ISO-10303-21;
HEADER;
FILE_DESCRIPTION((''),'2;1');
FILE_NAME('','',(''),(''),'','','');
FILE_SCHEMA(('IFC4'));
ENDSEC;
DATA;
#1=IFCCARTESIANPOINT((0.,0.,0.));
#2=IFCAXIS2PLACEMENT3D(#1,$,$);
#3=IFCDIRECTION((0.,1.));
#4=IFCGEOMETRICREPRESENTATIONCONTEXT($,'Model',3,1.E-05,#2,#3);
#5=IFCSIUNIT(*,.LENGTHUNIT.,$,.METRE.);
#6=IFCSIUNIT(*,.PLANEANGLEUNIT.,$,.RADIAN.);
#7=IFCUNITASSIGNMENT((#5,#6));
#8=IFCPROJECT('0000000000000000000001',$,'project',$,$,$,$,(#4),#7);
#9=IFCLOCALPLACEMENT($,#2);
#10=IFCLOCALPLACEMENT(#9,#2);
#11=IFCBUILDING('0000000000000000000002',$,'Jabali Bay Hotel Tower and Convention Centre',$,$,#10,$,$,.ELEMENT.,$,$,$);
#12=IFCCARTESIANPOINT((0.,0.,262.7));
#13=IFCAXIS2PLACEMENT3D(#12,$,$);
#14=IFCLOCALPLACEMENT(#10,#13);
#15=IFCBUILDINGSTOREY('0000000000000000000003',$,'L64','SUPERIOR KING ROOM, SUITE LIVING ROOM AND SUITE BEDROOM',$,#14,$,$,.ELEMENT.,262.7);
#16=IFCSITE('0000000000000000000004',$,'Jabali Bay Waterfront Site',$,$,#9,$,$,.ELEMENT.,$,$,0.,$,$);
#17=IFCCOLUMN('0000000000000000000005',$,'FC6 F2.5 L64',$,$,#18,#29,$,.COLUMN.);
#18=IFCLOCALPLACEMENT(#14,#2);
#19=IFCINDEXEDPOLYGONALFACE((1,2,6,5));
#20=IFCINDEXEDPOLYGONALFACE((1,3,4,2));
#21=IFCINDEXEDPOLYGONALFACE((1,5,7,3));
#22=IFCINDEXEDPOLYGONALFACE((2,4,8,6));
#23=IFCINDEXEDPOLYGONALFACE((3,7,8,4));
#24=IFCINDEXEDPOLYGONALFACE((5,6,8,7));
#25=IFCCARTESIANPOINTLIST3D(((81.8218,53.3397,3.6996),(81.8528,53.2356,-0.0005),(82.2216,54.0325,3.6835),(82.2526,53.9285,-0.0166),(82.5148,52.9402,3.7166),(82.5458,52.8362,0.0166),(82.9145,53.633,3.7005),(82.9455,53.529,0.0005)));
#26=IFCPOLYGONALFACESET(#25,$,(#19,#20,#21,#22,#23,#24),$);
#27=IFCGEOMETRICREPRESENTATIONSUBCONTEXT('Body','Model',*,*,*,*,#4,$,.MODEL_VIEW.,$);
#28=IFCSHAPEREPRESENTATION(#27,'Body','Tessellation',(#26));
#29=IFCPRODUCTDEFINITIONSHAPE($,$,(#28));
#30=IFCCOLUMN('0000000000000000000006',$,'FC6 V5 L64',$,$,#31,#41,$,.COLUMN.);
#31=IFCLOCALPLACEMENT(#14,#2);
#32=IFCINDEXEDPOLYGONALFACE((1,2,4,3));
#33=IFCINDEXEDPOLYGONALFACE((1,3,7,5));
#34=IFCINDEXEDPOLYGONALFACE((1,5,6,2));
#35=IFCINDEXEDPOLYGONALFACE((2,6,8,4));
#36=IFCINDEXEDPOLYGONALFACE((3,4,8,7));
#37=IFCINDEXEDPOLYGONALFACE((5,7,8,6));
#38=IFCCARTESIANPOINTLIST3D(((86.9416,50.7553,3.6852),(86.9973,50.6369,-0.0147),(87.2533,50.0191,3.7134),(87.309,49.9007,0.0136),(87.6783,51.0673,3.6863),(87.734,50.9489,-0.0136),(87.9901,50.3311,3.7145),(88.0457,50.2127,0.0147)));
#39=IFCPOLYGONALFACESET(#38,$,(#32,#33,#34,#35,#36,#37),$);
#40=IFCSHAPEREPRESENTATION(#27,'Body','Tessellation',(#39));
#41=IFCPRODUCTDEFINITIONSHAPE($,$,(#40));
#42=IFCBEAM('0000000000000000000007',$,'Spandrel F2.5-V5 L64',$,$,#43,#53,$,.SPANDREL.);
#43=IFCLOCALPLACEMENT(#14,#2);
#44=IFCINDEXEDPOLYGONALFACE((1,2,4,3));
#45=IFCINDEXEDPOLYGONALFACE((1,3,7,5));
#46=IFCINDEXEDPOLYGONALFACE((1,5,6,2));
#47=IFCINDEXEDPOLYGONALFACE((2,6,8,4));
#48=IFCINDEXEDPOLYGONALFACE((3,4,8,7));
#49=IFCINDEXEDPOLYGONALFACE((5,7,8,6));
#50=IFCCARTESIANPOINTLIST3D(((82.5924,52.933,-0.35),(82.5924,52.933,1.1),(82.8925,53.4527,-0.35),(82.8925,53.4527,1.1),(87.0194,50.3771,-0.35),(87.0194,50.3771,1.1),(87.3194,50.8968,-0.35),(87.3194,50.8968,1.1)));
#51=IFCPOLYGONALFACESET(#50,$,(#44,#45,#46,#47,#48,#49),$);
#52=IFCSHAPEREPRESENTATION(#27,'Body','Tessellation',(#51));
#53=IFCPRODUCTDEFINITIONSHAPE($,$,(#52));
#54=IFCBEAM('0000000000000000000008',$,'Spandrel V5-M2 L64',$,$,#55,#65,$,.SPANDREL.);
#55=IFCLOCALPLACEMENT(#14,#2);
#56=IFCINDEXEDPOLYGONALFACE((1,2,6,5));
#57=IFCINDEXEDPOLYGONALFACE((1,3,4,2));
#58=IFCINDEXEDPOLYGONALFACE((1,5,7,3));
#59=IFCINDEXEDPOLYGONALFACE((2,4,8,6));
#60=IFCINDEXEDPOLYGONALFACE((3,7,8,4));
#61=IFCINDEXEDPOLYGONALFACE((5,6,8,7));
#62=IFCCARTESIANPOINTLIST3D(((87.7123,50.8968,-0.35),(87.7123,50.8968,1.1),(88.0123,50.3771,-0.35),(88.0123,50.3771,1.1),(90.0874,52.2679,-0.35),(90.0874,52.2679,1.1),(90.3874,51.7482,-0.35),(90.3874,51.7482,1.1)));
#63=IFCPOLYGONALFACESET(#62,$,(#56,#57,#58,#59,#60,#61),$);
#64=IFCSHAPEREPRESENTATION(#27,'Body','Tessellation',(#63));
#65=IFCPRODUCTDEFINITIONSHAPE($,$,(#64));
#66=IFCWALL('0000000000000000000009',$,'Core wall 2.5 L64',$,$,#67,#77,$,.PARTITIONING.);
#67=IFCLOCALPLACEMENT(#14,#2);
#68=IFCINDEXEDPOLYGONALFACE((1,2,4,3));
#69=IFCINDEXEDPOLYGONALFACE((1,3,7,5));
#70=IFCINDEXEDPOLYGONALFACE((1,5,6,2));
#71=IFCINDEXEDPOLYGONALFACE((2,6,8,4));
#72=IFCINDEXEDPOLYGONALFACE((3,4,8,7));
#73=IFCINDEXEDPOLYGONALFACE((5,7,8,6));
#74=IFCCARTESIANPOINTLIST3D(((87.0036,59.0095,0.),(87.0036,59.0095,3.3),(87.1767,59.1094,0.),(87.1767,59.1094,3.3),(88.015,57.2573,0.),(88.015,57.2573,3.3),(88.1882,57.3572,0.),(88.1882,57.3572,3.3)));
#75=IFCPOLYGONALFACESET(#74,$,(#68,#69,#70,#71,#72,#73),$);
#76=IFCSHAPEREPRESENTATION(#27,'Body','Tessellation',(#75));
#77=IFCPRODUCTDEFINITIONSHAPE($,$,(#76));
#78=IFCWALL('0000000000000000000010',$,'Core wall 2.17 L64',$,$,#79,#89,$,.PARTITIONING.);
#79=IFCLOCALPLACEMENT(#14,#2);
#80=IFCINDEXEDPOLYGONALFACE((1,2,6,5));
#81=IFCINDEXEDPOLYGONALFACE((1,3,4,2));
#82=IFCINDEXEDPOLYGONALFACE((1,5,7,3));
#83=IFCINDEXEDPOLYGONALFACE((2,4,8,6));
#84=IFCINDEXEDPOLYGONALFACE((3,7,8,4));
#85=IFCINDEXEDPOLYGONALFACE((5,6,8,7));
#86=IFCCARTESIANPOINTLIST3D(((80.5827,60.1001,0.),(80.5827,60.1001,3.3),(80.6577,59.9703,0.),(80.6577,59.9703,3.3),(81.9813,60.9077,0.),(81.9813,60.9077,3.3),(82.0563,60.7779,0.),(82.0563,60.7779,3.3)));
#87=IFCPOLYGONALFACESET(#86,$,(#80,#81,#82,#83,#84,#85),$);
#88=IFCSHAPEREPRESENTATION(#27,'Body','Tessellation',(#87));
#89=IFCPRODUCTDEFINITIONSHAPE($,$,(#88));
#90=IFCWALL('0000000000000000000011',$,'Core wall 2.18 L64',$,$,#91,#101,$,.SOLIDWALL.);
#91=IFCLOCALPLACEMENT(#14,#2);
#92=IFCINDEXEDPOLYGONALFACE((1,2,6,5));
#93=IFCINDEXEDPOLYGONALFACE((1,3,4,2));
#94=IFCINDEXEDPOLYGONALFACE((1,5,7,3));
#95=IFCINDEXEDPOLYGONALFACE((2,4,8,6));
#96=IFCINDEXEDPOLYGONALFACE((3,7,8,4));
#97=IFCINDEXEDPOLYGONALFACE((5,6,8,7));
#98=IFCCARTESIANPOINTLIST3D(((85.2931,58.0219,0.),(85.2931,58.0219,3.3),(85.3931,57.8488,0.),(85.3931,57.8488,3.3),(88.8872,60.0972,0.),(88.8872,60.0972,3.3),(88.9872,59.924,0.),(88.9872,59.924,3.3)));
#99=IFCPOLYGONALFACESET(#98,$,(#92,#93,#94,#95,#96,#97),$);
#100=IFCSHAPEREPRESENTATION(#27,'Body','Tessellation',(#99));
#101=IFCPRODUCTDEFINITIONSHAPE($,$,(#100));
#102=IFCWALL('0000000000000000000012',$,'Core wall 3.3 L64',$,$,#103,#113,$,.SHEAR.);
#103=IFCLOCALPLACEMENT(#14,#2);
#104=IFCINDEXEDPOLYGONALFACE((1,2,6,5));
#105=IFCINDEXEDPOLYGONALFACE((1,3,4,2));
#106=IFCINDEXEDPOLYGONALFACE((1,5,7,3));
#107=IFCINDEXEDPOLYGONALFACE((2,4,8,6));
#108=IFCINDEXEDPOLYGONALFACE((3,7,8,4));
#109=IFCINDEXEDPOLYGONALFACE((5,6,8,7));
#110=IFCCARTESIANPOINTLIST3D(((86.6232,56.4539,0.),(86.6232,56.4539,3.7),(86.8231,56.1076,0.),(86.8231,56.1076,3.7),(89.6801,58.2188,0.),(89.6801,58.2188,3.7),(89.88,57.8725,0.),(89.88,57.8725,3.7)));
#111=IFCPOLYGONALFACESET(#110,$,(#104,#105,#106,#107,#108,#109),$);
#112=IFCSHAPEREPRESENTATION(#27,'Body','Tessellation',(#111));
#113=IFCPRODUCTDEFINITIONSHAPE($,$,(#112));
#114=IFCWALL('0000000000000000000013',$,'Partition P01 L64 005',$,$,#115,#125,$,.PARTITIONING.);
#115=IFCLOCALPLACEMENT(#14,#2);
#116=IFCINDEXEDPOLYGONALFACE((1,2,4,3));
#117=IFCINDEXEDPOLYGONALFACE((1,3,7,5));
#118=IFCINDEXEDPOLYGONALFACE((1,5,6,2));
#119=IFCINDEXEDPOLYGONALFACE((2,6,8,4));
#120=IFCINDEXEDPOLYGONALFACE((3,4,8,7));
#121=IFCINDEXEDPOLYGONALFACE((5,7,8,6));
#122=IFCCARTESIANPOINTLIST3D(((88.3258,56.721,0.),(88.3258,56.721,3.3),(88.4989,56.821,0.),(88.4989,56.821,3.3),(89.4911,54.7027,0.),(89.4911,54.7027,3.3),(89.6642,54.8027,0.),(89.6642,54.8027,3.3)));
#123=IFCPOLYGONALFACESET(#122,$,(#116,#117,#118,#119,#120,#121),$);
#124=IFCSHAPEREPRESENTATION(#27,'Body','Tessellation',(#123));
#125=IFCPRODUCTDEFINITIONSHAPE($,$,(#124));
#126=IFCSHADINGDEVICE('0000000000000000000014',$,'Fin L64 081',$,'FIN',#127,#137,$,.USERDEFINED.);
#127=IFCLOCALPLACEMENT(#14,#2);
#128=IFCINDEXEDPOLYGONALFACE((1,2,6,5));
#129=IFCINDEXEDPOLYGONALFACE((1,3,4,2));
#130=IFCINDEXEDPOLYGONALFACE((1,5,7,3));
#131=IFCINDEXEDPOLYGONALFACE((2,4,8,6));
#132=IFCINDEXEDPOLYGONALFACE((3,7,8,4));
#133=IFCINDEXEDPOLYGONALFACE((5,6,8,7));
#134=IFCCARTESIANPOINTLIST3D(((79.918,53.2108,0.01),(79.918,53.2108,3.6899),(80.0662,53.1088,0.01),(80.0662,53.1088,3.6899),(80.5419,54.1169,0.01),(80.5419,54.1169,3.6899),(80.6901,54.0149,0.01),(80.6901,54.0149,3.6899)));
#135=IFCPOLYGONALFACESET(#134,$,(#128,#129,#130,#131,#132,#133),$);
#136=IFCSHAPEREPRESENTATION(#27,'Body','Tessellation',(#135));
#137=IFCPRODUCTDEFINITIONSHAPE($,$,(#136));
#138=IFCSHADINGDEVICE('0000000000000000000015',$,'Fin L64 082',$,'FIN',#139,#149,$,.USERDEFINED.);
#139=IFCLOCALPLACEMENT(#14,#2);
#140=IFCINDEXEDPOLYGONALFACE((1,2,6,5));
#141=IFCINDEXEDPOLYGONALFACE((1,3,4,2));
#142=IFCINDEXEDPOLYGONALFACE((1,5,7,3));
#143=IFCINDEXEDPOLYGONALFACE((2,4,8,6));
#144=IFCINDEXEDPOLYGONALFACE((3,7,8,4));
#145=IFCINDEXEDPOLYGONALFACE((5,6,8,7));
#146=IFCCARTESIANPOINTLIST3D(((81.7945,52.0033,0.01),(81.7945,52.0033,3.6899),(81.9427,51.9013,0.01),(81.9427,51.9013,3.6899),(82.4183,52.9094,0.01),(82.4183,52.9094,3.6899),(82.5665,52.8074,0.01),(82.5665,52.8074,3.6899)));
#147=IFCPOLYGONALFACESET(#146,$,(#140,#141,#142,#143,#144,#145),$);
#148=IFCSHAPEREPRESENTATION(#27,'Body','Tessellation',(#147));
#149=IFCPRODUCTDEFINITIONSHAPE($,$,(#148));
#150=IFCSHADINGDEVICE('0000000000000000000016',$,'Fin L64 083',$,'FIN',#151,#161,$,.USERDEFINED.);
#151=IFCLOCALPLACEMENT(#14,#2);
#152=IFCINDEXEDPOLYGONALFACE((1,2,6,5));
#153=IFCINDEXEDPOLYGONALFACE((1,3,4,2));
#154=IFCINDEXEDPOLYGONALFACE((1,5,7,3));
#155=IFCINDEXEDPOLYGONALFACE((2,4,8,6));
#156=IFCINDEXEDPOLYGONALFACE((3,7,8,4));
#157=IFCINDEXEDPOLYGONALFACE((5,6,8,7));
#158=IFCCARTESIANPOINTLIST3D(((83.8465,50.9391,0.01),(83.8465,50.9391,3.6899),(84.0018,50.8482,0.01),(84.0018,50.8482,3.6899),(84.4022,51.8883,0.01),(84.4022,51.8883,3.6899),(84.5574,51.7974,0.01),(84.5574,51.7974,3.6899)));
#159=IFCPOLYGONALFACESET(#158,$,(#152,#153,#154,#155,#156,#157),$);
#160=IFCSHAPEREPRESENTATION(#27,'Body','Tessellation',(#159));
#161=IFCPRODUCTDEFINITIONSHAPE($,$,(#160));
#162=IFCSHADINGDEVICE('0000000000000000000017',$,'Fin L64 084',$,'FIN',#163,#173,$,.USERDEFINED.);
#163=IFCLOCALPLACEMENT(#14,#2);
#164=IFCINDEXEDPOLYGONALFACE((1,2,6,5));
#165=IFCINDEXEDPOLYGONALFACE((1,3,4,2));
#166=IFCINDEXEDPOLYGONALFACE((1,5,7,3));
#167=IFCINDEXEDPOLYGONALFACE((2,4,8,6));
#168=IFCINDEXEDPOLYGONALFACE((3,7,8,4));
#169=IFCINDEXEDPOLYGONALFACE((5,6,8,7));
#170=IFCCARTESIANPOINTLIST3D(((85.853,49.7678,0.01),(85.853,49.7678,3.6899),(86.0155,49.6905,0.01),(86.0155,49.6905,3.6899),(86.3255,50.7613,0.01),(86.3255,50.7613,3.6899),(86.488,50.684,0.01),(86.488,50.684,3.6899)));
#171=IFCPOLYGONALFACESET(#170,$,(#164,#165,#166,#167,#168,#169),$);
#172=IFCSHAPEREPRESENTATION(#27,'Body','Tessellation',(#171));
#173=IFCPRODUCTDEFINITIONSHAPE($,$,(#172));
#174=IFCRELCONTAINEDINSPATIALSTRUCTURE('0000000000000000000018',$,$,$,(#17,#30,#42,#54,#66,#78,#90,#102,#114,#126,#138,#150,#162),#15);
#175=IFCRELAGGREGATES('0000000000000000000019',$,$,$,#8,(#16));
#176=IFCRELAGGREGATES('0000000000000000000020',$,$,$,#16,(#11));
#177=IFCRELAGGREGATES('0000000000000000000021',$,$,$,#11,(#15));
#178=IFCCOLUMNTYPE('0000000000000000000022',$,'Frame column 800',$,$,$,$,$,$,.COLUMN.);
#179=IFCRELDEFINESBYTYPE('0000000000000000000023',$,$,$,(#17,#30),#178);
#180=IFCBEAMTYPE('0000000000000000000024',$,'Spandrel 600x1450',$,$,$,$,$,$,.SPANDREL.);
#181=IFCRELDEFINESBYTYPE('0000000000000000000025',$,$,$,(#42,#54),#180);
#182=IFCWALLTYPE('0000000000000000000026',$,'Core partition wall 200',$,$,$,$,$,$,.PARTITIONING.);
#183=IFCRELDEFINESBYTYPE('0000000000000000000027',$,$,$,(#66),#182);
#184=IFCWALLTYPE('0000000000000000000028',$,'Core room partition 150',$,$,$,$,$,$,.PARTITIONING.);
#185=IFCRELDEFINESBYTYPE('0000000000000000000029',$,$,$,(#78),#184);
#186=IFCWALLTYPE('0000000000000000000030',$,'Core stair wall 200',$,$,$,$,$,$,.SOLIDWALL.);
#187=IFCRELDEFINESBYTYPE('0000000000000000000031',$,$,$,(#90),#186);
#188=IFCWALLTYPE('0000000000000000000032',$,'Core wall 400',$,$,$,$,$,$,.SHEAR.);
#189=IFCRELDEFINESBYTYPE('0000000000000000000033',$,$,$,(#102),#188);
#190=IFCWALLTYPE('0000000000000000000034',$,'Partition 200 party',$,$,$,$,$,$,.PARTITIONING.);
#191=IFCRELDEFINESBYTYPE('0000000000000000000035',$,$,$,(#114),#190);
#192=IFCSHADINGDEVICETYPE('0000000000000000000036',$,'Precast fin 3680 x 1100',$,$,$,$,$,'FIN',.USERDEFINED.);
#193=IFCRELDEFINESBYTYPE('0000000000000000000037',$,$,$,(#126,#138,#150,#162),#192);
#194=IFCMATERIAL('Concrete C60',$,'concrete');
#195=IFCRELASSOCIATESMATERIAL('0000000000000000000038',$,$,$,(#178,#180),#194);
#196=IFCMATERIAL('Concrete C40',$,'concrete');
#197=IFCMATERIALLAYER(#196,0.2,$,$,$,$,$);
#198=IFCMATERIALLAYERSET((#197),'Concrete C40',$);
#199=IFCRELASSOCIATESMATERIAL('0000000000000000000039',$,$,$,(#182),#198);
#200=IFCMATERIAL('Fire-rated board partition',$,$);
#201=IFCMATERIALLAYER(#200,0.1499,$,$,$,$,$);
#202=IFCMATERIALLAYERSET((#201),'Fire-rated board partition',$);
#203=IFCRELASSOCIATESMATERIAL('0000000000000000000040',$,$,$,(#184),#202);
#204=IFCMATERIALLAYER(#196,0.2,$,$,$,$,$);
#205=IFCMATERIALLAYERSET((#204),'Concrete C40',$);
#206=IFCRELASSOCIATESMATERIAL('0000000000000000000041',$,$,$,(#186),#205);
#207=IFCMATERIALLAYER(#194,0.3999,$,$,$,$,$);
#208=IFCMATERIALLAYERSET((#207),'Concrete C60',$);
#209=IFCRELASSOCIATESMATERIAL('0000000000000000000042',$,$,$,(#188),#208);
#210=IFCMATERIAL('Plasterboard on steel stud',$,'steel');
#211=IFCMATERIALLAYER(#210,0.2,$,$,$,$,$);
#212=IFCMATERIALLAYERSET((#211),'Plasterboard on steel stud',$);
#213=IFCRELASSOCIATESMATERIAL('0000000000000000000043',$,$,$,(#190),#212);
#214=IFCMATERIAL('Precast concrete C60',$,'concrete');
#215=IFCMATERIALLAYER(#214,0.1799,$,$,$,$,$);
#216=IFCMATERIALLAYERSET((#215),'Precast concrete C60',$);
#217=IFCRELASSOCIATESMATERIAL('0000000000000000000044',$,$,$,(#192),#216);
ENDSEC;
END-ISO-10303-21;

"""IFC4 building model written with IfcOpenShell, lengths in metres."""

from ifc_helpers import new_model, si_unit, direction, frame, frame_2d, origin, origin_2d, place, context, subcontext, project, spatial, rectangle, extrude, material, layer, layer_set, material_profile, profile_set, type_object, element, save


model = new_model("IFC4")

# Units and contexts
model_context = context("Model", 3, precision=1e-05, world=origin(), true_north=direction((0.0, 1.0)))
body_context = subcontext(model_context, "Body", "Model", "MODEL_VIEW")
ifc_project = project(units=[si_unit("LENGTHUNIT", "METRE"), si_unit("PLANEANGLEUNIT", "RADIAN")], contexts=[model_context])

# Site, building, storey
site_placement = place(None, origin())
site = spatial("IfcSite", under=ifc_project, at=site_placement, Name="Jabali Bay Waterfront Site", CompositionType="ELEMENT", RefElevation=0.0)
building_placement = place(site_placement, origin())
building = spatial("IfcBuilding", under=site, at=building_placement, Name="Jabali Bay Hotel Tower and Convention Centre", CompositionType="ELEMENT")
storey_placement = place(building_placement, frame((0.0, 0.0, 262.7)))
storey = spatial("IfcBuildingStorey", under=building, at=storey_placement, Name="L64", Description="SUPERIOR KING ROOM, SUITE LIVING ROOM AND SUITE BEDROOM", CompositionType="ELEMENT", Elevation=262.7)

# Columns
ifc_material_1 = material(Name="Concrete C60", Category="concrete")
ifc_material_profile_1 = material_profile(ifc_material_1, rectangle(XDim=0.8, YDim=0.8, at=origin_2d()), Name="Frame column 800")
ifc_profile_set_1 = profile_set([ifc_material_profile_1], Name="Concrete C60")
column_type = type_object("IfcColumnType", Name="Frame column 800", PredefinedType="COLUMN", material=ifc_profile_set_1)
column_1_placement = place(storey_placement, frame((82.3992, 53.3823, 0.0), z_axis=(-0.008376, 0.028097, 0.99957), x_axis=(-0.499684, -0.865973, 0.020155)))
element("IfcColumn", 1, at=column_1_placement, inside=storey, type_object=column_type, Name="FC6 F2.5 L64", PredefinedType="COLUMN", context=body_context, shape_type="SweptSolid", body=[
    extrude(rectangle(XDim=0.8, YDim=0.8, at=origin_2d()), origin(), (0.0, 0.0, 1.0), 3.7017),
])
column_2_placement = place(storey_placement, frame((87.5215, 50.4248, 0.0), z_axis=(-0.015035, 0.031983, 0.999375), x_axis=(0.389675, -0.920275, 0.035314)))
element("IfcColumn", 2, at=column_2_placement, inside=storey, type_object=column_type, Name="FC6 V5 L64", PredefinedType="COLUMN", context=body_context, shape_type="SweptSolid", body=[
    extrude(rectangle(XDim=0.8, YDim=0.8, at=origin_2d()), origin(), (0.0, 0.0, 1.0), 3.7021),
])

# Beams
ifc_material_profile_2 = material_profile(ifc_material_1, rectangle(XDim=0.6001, YDim=1.45, at=origin_2d()), Name="Spandrel 600x1450")
ifc_profile_set_2 = profile_set([ifc_material_profile_2], Name="Concrete C60")
beam_type = type_object("IfcBeamType", Name="Spandrel 600x1450", PredefinedType="SPANDREL", material=ifc_profile_set_2)
beam_1_placement = place(storey_placement, frame((82.7424, 53.1929, 0.375), z_axis=(0.866027, -0.499997, 0.0), x_axis=(0.499997, 0.866027, 0.0)))
element("IfcBeam", 3, at=beam_1_placement, inside=storey, type_object=beam_type, Name="Spandrel F2.5-V5 L64", PredefinedType="SPANDREL", context=body_context, shape_type="SweptSolid", body=[
    extrude(rectangle(XDim=0.6001, YDim=1.45, at=origin_2d()), origin(), (0.0, 0.0, 1.0), 5.1118),
])
beam_2_placement = place(storey_placement, frame((87.8623, 50.637, 0.375), z_axis=(0.866043, 0.499969, 0.0), x_axis=(-0.499969, 0.866043, 0.0)))
element("IfcBeam", 4, at=beam_2_placement, inside=storey, type_object=beam_type, Name="Spandrel V5-M2 L64", PredefinedType="SPANDREL", context=body_context, shape_type="SweptSolid", body=[
    extrude(rectangle(XDim=0.6001, YDim=1.45, at=origin_2d()), origin(), (0.0, 0.0, 1.0), 2.7424),
])

# Walls
ifc_material_2 = material(Name="Concrete C40", Category="concrete")
ifc_layer_1 = layer(ifc_material_2, 0.2)
ifc_layer_set_1 = layer_set([ifc_layer_1], Name="Concrete C40")
wall_type_1 = type_object("IfcWallType", Name="Core partition wall 200", PredefinedType="PARTITIONING", material=ifc_layer_set_1)
wall_1_placement = place(storey_placement, frame((87.0901, 59.0596, 0.0), z_axis=(0.0, 0.0, 1.0), x_axis=(0.499942, -0.866059, 0.0)))
element("IfcWall", 5, at=wall_1_placement, inside=storey, type_object=wall_type_1, Name="Core wall 2.5 L64", PredefinedType="PARTITIONING", context=body_context, shape_type="SweptSolid", body=[
    extrude(rectangle(XDim=2.0232, YDim=0.2, at=frame_2d((1.0117, 0.0))), origin(), (0.0, 0.0, 1.0), 3.3),
])
ifc_material_3 = material(Name="Fire-rated board partition")
ifc_layer_2 = layer(ifc_material_3, 0.1499)
ifc_layer_set_2 = layer_set([ifc_layer_2], Name="Fire-rated board partition")
wall_type_2 = type_object("IfcWallType", Name="Core room partition 150", PredefinedType="PARTITIONING", material=ifc_layer_set_2)
wall_2_placement = place(storey_placement, frame((80.6201, 60.0352, 0.0), z_axis=(0.0, 0.0, 1.0), x_axis=(0.866002, 0.500041, 0.0)))
element("IfcWall", 6, at=wall_2_placement, inside=storey, type_object=wall_type_2, Name="Core wall 2.17 L64", PredefinedType="PARTITIONING", context=body_context, shape_type="SweptSolid", body=[
    extrude(rectangle(XDim=1.615, YDim=0.1499, at=frame_2d((0.8076, 0.0))), origin(), (0.0, 0.0, 1.0), 3.3),
])
ifc_layer_3 = layer(ifc_material_2, 0.2)
ifc_layer_set_3 = layer_set([ifc_layer_3], Name="Concrete C40")
wall_type_3 = type_object("IfcWallType", Name="Core stair wall 200", PredefinedType="SOLIDWALL", material=ifc_layer_set_3)
wall_3_placement = place(storey_placement, frame((85.343, 57.9353, 0.0), z_axis=(0.0, 0.0, 1.0), x_axis=(0.866004, 0.500036, 0.0)))
element("IfcWall", 7, at=wall_3_placement, inside=storey, type_object=wall_type_3, Name="Core wall 2.18 L64", PredefinedType="SOLIDWALL", context=body_context, shape_type="SweptSolid", body=[
    extrude(rectangle(XDim=4.1501, YDim=0.2, at=frame_2d((2.0752, 0.0))), origin(), (0.0, 0.0, 1.0), 3.3),
])
ifc_layer_4 = layer(ifc_material_1, 0.3999)
ifc_layer_set_4 = layer_set([ifc_layer_4], Name="Concrete C60")
wall_type_4 = type_object("IfcWallType", Name="Core wall 400", PredefinedType="SHEAR", material=ifc_layer_set_4)
wall_4_placement = place(storey_placement, frame((86.7231, 56.2808, 0.0), z_axis=(0.0, 0.0, 1.0), x_axis=(0.866025, 0.5, 0.0)))
element("IfcWall", 8, at=wall_4_placement, inside=storey, type_object=wall_type_4, Name="Core wall 3.3 L64", PredefinedType="SHEAR", context=body_context, shape_type="SweptSolid", body=[
    extrude(rectangle(XDim=3.5298, YDim=0.3999, at=frame_2d((1.7649, 0.0))), origin(), (0.0, 0.0, 1.0), 3.7),
])

# Wall
ifc_material_4 = material(Name="Plasterboard on steel stud", Category="steel")
ifc_layer_5 = layer(ifc_material_4, 0.2)
ifc_layer_set_5 = layer_set([ifc_layer_5], Name="Plasterboard on steel stud")
wall_type_5 = type_object("IfcWallType", Name="Partition 200 party", PredefinedType="PARTITIONING", material=ifc_layer_set_5)
wall_5_placement = place(storey_placement, frame((88.4124, 56.771, 0.0), z_axis=(0.0, 0.0, 1.0), x_axis=(0.500004, -0.866023, 0.0)))
element("IfcWall", 9, at=wall_5_placement, inside=storey, type_object=wall_type_5, Name="Partition P01 L64 005", PredefinedType="PARTITIONING", context=body_context, shape_type="SweptSolid", body=[
    extrude(rectangle(XDim=2.3306, YDim=0.2, at=frame_2d((1.1653, 0.0))), origin(), (0.0, 0.0, 1.0), 3.3),
])

# Shading devices
ifc_material_5 = material(Name="Precast concrete C60", Category="concrete")
ifc_layer_6 = layer(ifc_material_5, 0.1799)
ifc_layer_set_6 = layer_set([ifc_layer_6], Name="Precast concrete C60")
shading_device_type_1 = type_object("IfcShadingDeviceType", Name="Precast fin 3680 x 1100", ElementType="FIN", PredefinedType="USERDEFINED", material=ifc_layer_set_6)
for number, where, z_axis, x_axis, name in (
    (10, (80.616, 54.0659, 0.01), (0.0, 0.0, 1.0), (-0.567084, -0.82366, 0.0), "Fin L64 081"),
    (11, (82.4924, 52.8584, 0.01), (0.0, 0.0, 1.0), (-0.567084, -0.82366, 0.0), "Fin L64 082"),
):
    element("IfcShadingDevice", number, at=place(storey_placement, frame(where, z_axis=z_axis, x_axis=x_axis)), inside=storey, type_object=shading_device_type_1, Name=name, ObjectType="FIN", PredefinedType="USERDEFINED", context=body_context, shape_type="SweptSolid", body=[
        extrude(rectangle(XDim=1.1001, YDim=0.1799, at=frame_2d((0.55, 0.0))), origin(), (0.0, 0.0, 1.0), 3.6799),
    ])
shading_device_1_placement = place(storey_placement, frame((84.4797, 51.8428, 0.01), z_axis=(0.0, 0.0, 1.0), x_axis=(-0.505195, -0.863005, 0.0)))
element("IfcShadingDevice", 12, at=shading_device_1_placement, inside=storey, type_object=shading_device_type_1, Name="Fin L64 083", ObjectType="FIN", PredefinedType="USERDEFINED", context=body_context, shape_type="SweptSolid", body=[
    extrude(rectangle(XDim=1.0999, YDim=0.1799, at=frame_2d((0.5498, 0.0))), origin(), (0.0, 0.0, 1.0), 3.6799),
])
shading_device_2_placement = place(storey_placement, frame((86.4067, 50.7227, 0.01), z_axis=(0.0, 0.0, 1.0), x_axis=(-0.42946, -0.903086, 0.0)))
element("IfcShadingDevice", 13, at=shading_device_2_placement, inside=storey, type_object=shading_device_type_1, Name="Fin L64 084", ObjectType="FIN", PredefinedType="USERDEFINED", context=body_context, shape_type="SweptSolid", body=[
    extrude(rectangle(XDim=1.1001, YDim=0.1799, at=frame_2d((0.55, 0.0))), origin(), (0.0, 0.0, 1.0), 3.6799),
])

save(model, "model.ifc")
